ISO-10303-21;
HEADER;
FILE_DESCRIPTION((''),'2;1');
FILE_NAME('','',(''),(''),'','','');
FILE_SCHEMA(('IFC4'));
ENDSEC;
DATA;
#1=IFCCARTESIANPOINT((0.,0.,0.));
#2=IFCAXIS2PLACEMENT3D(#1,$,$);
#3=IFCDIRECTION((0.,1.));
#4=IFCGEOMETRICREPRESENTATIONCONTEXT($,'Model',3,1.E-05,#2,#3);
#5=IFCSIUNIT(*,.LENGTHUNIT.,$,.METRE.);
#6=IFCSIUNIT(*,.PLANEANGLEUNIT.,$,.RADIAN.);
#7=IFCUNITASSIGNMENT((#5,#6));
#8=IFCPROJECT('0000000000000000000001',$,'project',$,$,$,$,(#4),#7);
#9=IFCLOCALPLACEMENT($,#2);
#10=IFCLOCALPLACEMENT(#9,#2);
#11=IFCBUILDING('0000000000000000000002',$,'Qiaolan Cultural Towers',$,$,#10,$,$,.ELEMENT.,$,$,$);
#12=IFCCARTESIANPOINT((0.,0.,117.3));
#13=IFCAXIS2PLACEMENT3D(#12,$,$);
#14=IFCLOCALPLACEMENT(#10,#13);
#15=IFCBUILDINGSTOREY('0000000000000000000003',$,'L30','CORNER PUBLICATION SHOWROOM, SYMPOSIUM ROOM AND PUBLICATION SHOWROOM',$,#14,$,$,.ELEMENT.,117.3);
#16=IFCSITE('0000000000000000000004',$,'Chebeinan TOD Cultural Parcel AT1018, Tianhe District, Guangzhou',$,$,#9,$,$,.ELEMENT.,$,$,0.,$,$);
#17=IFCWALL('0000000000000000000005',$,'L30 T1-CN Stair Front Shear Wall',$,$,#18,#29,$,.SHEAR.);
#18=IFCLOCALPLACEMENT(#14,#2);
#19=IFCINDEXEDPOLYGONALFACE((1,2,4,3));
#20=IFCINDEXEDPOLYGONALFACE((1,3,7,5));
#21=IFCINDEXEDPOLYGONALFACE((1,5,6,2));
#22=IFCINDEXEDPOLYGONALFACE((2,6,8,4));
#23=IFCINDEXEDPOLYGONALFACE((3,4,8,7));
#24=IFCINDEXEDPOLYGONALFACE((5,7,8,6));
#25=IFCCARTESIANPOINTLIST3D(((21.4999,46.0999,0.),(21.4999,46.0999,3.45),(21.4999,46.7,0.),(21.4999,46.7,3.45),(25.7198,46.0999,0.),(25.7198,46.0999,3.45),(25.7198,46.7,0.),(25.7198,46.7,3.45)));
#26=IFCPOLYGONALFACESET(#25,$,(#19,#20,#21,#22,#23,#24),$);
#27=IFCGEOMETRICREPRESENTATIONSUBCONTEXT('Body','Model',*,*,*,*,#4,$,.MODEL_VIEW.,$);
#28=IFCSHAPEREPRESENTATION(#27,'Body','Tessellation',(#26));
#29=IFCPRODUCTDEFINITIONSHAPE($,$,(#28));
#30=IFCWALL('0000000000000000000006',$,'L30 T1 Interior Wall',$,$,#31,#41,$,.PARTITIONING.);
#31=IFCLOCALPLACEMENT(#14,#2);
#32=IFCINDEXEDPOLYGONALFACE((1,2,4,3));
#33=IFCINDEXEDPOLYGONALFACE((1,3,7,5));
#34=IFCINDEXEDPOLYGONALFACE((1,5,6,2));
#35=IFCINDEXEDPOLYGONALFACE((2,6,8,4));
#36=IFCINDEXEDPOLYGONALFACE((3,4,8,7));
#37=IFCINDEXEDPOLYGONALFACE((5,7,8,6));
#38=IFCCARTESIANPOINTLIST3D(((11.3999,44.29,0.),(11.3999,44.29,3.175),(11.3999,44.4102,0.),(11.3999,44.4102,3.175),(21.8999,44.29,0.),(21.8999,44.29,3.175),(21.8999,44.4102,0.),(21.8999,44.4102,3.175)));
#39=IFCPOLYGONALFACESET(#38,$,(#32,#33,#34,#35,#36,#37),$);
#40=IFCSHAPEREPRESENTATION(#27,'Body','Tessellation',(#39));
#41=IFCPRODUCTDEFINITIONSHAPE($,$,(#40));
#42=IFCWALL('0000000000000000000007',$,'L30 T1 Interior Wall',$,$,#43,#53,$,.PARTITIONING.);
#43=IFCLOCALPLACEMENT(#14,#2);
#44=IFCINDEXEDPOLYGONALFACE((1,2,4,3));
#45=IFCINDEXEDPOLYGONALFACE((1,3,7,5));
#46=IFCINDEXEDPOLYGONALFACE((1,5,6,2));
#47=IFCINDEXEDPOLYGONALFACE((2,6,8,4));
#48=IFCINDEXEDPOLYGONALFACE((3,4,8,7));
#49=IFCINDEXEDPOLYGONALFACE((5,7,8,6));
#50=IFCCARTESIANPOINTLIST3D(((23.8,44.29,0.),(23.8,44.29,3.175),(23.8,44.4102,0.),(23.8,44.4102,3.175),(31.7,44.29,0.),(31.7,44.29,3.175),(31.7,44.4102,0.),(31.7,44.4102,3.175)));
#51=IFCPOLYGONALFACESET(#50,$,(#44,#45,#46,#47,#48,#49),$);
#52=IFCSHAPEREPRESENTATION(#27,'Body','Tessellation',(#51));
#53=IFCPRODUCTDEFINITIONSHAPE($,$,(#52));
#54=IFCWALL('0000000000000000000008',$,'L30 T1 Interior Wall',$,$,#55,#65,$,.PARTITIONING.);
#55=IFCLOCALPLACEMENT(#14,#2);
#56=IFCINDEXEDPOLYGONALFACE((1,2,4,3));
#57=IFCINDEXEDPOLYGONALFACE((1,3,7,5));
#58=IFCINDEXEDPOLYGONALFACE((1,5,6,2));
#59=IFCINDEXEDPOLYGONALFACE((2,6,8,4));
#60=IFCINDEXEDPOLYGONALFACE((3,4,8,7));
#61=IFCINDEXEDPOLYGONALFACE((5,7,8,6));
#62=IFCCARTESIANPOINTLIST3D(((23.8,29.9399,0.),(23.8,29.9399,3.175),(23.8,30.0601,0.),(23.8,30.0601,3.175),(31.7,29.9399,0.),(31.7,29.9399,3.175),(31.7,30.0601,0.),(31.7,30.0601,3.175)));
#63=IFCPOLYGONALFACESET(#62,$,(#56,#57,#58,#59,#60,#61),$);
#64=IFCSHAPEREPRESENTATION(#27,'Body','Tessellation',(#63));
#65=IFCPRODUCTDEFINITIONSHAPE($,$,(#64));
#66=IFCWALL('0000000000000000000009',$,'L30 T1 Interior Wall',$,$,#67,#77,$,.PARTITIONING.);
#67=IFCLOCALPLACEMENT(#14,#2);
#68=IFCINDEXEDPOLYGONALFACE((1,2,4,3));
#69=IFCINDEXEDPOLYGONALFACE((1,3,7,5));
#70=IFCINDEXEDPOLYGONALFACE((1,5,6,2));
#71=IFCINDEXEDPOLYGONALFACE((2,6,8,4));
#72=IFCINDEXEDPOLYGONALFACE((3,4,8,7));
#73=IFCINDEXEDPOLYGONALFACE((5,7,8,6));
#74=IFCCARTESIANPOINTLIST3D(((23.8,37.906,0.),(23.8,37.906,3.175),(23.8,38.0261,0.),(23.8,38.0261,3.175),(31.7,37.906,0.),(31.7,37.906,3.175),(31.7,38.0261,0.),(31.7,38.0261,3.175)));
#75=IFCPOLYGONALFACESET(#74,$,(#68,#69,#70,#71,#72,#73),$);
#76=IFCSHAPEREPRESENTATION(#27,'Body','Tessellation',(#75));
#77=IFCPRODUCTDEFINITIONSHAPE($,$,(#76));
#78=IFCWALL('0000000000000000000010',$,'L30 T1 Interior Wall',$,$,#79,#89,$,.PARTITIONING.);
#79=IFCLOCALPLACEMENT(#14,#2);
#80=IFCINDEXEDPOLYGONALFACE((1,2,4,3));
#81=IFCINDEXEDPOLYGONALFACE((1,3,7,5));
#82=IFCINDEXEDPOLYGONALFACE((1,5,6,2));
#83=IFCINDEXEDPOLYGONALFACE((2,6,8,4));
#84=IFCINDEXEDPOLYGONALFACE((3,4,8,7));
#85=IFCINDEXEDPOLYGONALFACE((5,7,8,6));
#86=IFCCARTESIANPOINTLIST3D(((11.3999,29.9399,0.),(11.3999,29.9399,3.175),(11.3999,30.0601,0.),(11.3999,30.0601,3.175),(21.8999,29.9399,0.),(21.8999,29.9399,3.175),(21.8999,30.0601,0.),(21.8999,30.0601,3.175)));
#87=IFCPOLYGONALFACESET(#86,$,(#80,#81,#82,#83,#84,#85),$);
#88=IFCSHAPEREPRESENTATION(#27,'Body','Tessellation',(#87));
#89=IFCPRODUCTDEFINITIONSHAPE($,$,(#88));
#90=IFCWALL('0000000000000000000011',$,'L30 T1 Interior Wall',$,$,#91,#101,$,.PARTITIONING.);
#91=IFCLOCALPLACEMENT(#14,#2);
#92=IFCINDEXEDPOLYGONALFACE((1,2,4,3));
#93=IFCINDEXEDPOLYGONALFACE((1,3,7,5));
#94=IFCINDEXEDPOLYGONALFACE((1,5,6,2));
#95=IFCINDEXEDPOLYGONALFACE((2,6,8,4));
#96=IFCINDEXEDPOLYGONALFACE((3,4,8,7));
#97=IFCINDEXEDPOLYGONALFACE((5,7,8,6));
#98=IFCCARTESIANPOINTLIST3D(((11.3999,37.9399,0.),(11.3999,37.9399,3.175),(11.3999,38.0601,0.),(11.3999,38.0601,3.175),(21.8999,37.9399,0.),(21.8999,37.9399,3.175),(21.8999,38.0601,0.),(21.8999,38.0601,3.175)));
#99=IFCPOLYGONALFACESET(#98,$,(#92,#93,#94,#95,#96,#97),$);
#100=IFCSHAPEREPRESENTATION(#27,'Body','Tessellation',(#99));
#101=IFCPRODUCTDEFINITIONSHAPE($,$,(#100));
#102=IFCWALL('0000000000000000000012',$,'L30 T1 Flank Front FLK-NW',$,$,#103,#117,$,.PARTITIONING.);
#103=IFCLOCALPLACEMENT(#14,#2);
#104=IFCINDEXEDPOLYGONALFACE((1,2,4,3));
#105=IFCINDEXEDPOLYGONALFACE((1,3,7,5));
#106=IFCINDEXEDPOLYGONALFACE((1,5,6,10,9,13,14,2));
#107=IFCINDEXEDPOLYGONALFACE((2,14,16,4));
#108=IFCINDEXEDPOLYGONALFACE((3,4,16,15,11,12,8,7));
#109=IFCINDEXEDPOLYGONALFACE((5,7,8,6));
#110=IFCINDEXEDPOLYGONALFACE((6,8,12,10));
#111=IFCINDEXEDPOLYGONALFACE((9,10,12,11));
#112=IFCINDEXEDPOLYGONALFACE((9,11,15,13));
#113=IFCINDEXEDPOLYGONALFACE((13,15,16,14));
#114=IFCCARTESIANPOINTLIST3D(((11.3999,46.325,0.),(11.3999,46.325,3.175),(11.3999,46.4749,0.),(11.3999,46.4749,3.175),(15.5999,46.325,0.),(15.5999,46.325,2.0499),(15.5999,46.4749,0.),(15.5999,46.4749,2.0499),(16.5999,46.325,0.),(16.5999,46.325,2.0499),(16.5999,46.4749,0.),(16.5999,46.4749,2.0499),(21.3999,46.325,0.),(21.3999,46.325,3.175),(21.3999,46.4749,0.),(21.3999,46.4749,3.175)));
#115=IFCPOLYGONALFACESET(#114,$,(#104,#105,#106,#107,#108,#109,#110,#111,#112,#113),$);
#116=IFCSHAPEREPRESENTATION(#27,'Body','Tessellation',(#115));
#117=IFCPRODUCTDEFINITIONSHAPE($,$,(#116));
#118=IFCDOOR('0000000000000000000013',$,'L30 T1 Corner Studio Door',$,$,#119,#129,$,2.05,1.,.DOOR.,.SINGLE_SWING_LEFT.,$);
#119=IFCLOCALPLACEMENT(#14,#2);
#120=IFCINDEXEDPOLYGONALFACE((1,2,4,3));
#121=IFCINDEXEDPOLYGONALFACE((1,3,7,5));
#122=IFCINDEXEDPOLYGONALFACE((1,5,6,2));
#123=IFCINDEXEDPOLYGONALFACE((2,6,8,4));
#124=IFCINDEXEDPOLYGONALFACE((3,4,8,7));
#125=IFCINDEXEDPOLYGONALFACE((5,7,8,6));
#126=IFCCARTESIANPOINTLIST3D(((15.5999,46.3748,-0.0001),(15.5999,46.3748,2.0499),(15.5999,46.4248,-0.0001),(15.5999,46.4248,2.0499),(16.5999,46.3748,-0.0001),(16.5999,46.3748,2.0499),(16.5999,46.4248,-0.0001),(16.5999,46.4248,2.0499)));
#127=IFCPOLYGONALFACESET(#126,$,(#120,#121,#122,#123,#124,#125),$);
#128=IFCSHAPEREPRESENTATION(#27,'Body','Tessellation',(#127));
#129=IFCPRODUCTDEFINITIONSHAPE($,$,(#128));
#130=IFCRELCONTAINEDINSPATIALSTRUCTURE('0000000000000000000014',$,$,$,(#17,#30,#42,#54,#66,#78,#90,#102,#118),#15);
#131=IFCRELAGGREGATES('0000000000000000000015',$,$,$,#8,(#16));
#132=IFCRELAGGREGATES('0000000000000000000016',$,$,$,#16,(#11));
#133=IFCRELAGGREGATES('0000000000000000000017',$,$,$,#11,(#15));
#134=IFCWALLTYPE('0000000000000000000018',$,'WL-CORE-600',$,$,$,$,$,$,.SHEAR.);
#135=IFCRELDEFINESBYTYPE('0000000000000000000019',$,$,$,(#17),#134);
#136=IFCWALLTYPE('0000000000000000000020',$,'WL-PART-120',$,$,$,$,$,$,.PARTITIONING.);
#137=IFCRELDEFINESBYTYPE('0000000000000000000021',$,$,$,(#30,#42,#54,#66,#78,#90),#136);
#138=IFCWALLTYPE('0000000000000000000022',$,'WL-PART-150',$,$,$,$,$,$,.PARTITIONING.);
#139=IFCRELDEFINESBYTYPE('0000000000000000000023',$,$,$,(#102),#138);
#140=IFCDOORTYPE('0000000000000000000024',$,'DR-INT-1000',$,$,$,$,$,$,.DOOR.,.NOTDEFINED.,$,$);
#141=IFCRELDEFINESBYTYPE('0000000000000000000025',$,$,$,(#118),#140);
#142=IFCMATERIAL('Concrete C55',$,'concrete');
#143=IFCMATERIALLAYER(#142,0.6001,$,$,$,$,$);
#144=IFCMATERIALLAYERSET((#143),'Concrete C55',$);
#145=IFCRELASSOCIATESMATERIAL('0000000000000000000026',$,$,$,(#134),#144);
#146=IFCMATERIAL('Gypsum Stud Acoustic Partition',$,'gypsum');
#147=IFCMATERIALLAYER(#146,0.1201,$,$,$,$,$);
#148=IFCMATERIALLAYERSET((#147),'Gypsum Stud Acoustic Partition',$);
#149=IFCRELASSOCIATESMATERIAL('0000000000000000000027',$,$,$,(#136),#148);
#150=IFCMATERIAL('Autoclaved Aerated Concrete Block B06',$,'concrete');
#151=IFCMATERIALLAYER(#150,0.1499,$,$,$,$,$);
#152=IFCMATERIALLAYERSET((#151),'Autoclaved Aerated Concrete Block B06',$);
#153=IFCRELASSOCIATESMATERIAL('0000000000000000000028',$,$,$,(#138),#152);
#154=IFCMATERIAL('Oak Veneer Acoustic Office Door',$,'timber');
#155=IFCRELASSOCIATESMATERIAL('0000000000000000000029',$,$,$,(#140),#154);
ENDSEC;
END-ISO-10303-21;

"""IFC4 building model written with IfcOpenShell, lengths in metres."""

from ifc_helpers import new_model, si_unit, direction, frame, frame_2d, origin, place, context, subcontext, project, spatial, rectangle, extrude, material, layer, layer_set, type_object, element, fill, save


model = new_model("IFC4")

# Units and contexts
model_context = context("Model", 3, precision=1e-05, world=origin(), true_north=direction((0.0, 1.0)))
body_context = subcontext(model_context, "Body", "Model", "MODEL_VIEW")
ifc_project = project(units=[si_unit("LENGTHUNIT", "METRE"), si_unit("PLANEANGLEUNIT", "RADIAN")], contexts=[model_context])

# Site, building, storey
site_placement = place(None, origin())
site = spatial("IfcSite", under=ifc_project, at=site_placement, Name="Chebeinan TOD Cultural Parcel AT1018, Tianhe District, Guangzhou", CompositionType="ELEMENT", RefElevation=0.0)
building_placement = place(site_placement, origin())
building = spatial("IfcBuilding", under=site, at=building_placement, Name="Qiaolan Cultural Towers", CompositionType="ELEMENT")
storey_placement = place(building_placement, frame((0.0, 0.0, 117.3)))
storey = spatial("IfcBuildingStorey", under=building, at=storey_placement, Name="L30", Description="CORNER PUBLICATION SHOWROOM, SYMPOSIUM ROOM AND PUBLICATION SHOWROOM", CompositionType="ELEMENT", Elevation=117.3)

# Walls
ifc_material_1 = material(Name="Concrete C55", Category="concrete")
ifc_layer_1 = layer(ifc_material_1, 0.6001)
ifc_layer_set_1 = layer_set([ifc_layer_1], Name="Concrete C55")
wall_type_1 = type_object("IfcWallType", Name="WL-CORE-600", PredefinedType="SHEAR", material=ifc_layer_set_1)
wall_1_placement = place(storey_placement, frame((21.5, 46.3999, 0.0), z_axis=(0.0, 0.0, 1.0), x_axis=(1.0, 0.0, 0.0)))
element("IfcWall", 1, at=wall_1_placement, inside=storey, type_object=wall_type_1, Name="L30 T1-CN Stair Front Shear Wall", PredefinedType="SHEAR", context=body_context, shape_type="SweptSolid", body=[
    extrude(rectangle(XDim=4.22, YDim=0.6001, at=frame_2d((2.1099, 0.0))), origin(), (0.0, 0.0, 1.0), 3.45),
])
ifc_material_2 = material(Name="Gypsum Stud Acoustic Partition", Category="gypsum")
ifc_layer_2 = layer(ifc_material_2, 0.1201)
ifc_layer_set_2 = layer_set([ifc_layer_2], Name="Gypsum Stud Acoustic Partition")
wall_type_2 = type_object("IfcWallType", Name="WL-PART-120", PredefinedType="PARTITIONING", material=ifc_layer_set_2)
wall_2_placement = place(storey_placement, frame((11.3999, 44.3501, 0.0), z_axis=(0.0, 0.0, 1.0), x_axis=(1.0, 0.0, 0.0)))
element("IfcWall", 2, at=wall_2_placement, inside=storey, type_object=wall_type_2, Name="L30 T1 Interior Wall", PredefinedType="PARTITIONING", context=body_context, shape_type="SweptSolid", body=[
    extrude(rectangle(XDim=10.5, YDim=0.1201, at=frame_2d((5.25, 0.0))), origin(), (0.0, 0.0, 1.0), 3.175),
])
for number, where, z_axis, x_axis, name in (
    (3, (23.8, 44.3501, 0.0), (0.0, 0.0, 1.0), (1.0, 0.0, 0.0), "L30 T1 Interior Wall"),
    (4, (23.8, 30.0, 0.0), (0.0, 0.0, 1.0), (1.0, 0.0, 0.0), "L30 T1 Interior Wall"),
    (5, (23.8, 37.9661, 0.0), (0.0, 0.0, 1.0), (1.0, 0.0, 0.0), "L30 T1 Interior Wall"),
):
    element("IfcWall", number, at=place(storey_placement, frame(where, z_axis=z_axis, x_axis=x_axis)), inside=storey, type_object=wall_type_2, Name=name, PredefinedType="PARTITIONING", context=body_context, shape_type="SweptSolid", body=[
        extrude(rectangle(XDim=7.8999, YDim=0.1201, at=frame_2d((3.95, 0.0))), origin(), (0.0, 0.0, 1.0), 3.175),
    ])
for number, where, z_axis, x_axis, name in (
    (6, (11.3999, 30.0, 0.0), (0.0, 0.0, 1.0), (1.0, 0.0, 0.0), "L30 T1 Interior Wall"),
    (7, (11.3999, 38.0, 0.0), (0.0, 0.0, 1.0), (1.0, 0.0, 0.0), "L30 T1 Interior Wall"),
):
    element("IfcWall", number, at=place(storey_placement, frame(where, z_axis=z_axis, x_axis=x_axis)), inside=storey, type_object=wall_type_2, Name=name, PredefinedType="PARTITIONING", context=body_context, shape_type="SweptSolid", body=[
        extrude(rectangle(XDim=10.5, YDim=0.1201, at=frame_2d((5.25, 0.0))), origin(), (0.0, 0.0, 1.0), 3.175),
    ])

# Wall, opening, door
ifc_material_3 = material(Name="Autoclaved Aerated Concrete Block B06", Category="concrete")
ifc_layer_3 = layer(ifc_material_3, 0.1499)
ifc_layer_set_3 = layer_set([ifc_layer_3], Name="Autoclaved Aerated Concrete Block B06")
wall_type_3 = type_object("IfcWallType", Name="WL-PART-150", PredefinedType="PARTITIONING", material=ifc_layer_set_3)
wall_3_placement = place(storey_placement, frame((11.3999, 46.3999, 0.0), z_axis=(0.0, 0.0, 1.0), x_axis=(1.0, 0.0, 0.0)))
wall_3 = element("IfcWall", 8, at=wall_3_placement, inside=storey, type_object=wall_type_3, Name="L30 T1 Flank Front FLK-NW", PredefinedType="PARTITIONING", context=body_context, shape_type="SweptSolid", body=[
    extrude(rectangle(XDim=10.0, YDim=0.1499, at=frame_2d((5.0, 0.0))), origin(), (0.0, 0.0, 1.0), 3.175),
])
opening_placement = place(wall_3_placement, frame((4.2, 0.0, 0.0)))
opening = element("IfcOpeningElement", 9, at=opening_placement, cuts=wall_3, PredefinedType="OPENING", context=body_context, shape_type="SweptSolid", body=[
    extrude(rectangle(XDim=1.0, YDim=2.05, at=frame_2d((0.5, 1.0249))), frame((0.0, 0.085, 0.0), z_axis=(0.0, -1.0, 0.0), x_axis=(1.0, 0.0, 0.0)), (0.0, 0.0, 1.0), 0.1699),
])
ifc_material_4 = material(Name="Oak Veneer Acoustic Office Door", Category="timber")
door_type = type_object("IfcDoorType", Name="DR-INT-1000", OperationType="NOTDEFINED", PredefinedType="DOOR", material=ifc_material_4)
door_placement = place(opening_placement, origin())
door = element("IfcDoor", 10, at=door_placement, inside=storey, type_object=door_type, Name="L30 T1 Corner Studio Door", OperationType="SINGLE_SWING_LEFT", OverallHeight=2.05, OverallWidth=1.0, PredefinedType="DOOR", context=body_context, shape_type="SweptSolid", body=[
    extrude(rectangle(XDim=1.0, YDim=2.05, at=frame_2d((0.5, 1.0249))), frame((0.0, 0.0249, 0.0), z_axis=(0.0, -1.0, 0.0), x_axis=(1.0, 0.0, 0.0)), (0.0, 0.0, 1.0), 0.05),
])
fill(opening, door)

save(model, "model.ifc")
